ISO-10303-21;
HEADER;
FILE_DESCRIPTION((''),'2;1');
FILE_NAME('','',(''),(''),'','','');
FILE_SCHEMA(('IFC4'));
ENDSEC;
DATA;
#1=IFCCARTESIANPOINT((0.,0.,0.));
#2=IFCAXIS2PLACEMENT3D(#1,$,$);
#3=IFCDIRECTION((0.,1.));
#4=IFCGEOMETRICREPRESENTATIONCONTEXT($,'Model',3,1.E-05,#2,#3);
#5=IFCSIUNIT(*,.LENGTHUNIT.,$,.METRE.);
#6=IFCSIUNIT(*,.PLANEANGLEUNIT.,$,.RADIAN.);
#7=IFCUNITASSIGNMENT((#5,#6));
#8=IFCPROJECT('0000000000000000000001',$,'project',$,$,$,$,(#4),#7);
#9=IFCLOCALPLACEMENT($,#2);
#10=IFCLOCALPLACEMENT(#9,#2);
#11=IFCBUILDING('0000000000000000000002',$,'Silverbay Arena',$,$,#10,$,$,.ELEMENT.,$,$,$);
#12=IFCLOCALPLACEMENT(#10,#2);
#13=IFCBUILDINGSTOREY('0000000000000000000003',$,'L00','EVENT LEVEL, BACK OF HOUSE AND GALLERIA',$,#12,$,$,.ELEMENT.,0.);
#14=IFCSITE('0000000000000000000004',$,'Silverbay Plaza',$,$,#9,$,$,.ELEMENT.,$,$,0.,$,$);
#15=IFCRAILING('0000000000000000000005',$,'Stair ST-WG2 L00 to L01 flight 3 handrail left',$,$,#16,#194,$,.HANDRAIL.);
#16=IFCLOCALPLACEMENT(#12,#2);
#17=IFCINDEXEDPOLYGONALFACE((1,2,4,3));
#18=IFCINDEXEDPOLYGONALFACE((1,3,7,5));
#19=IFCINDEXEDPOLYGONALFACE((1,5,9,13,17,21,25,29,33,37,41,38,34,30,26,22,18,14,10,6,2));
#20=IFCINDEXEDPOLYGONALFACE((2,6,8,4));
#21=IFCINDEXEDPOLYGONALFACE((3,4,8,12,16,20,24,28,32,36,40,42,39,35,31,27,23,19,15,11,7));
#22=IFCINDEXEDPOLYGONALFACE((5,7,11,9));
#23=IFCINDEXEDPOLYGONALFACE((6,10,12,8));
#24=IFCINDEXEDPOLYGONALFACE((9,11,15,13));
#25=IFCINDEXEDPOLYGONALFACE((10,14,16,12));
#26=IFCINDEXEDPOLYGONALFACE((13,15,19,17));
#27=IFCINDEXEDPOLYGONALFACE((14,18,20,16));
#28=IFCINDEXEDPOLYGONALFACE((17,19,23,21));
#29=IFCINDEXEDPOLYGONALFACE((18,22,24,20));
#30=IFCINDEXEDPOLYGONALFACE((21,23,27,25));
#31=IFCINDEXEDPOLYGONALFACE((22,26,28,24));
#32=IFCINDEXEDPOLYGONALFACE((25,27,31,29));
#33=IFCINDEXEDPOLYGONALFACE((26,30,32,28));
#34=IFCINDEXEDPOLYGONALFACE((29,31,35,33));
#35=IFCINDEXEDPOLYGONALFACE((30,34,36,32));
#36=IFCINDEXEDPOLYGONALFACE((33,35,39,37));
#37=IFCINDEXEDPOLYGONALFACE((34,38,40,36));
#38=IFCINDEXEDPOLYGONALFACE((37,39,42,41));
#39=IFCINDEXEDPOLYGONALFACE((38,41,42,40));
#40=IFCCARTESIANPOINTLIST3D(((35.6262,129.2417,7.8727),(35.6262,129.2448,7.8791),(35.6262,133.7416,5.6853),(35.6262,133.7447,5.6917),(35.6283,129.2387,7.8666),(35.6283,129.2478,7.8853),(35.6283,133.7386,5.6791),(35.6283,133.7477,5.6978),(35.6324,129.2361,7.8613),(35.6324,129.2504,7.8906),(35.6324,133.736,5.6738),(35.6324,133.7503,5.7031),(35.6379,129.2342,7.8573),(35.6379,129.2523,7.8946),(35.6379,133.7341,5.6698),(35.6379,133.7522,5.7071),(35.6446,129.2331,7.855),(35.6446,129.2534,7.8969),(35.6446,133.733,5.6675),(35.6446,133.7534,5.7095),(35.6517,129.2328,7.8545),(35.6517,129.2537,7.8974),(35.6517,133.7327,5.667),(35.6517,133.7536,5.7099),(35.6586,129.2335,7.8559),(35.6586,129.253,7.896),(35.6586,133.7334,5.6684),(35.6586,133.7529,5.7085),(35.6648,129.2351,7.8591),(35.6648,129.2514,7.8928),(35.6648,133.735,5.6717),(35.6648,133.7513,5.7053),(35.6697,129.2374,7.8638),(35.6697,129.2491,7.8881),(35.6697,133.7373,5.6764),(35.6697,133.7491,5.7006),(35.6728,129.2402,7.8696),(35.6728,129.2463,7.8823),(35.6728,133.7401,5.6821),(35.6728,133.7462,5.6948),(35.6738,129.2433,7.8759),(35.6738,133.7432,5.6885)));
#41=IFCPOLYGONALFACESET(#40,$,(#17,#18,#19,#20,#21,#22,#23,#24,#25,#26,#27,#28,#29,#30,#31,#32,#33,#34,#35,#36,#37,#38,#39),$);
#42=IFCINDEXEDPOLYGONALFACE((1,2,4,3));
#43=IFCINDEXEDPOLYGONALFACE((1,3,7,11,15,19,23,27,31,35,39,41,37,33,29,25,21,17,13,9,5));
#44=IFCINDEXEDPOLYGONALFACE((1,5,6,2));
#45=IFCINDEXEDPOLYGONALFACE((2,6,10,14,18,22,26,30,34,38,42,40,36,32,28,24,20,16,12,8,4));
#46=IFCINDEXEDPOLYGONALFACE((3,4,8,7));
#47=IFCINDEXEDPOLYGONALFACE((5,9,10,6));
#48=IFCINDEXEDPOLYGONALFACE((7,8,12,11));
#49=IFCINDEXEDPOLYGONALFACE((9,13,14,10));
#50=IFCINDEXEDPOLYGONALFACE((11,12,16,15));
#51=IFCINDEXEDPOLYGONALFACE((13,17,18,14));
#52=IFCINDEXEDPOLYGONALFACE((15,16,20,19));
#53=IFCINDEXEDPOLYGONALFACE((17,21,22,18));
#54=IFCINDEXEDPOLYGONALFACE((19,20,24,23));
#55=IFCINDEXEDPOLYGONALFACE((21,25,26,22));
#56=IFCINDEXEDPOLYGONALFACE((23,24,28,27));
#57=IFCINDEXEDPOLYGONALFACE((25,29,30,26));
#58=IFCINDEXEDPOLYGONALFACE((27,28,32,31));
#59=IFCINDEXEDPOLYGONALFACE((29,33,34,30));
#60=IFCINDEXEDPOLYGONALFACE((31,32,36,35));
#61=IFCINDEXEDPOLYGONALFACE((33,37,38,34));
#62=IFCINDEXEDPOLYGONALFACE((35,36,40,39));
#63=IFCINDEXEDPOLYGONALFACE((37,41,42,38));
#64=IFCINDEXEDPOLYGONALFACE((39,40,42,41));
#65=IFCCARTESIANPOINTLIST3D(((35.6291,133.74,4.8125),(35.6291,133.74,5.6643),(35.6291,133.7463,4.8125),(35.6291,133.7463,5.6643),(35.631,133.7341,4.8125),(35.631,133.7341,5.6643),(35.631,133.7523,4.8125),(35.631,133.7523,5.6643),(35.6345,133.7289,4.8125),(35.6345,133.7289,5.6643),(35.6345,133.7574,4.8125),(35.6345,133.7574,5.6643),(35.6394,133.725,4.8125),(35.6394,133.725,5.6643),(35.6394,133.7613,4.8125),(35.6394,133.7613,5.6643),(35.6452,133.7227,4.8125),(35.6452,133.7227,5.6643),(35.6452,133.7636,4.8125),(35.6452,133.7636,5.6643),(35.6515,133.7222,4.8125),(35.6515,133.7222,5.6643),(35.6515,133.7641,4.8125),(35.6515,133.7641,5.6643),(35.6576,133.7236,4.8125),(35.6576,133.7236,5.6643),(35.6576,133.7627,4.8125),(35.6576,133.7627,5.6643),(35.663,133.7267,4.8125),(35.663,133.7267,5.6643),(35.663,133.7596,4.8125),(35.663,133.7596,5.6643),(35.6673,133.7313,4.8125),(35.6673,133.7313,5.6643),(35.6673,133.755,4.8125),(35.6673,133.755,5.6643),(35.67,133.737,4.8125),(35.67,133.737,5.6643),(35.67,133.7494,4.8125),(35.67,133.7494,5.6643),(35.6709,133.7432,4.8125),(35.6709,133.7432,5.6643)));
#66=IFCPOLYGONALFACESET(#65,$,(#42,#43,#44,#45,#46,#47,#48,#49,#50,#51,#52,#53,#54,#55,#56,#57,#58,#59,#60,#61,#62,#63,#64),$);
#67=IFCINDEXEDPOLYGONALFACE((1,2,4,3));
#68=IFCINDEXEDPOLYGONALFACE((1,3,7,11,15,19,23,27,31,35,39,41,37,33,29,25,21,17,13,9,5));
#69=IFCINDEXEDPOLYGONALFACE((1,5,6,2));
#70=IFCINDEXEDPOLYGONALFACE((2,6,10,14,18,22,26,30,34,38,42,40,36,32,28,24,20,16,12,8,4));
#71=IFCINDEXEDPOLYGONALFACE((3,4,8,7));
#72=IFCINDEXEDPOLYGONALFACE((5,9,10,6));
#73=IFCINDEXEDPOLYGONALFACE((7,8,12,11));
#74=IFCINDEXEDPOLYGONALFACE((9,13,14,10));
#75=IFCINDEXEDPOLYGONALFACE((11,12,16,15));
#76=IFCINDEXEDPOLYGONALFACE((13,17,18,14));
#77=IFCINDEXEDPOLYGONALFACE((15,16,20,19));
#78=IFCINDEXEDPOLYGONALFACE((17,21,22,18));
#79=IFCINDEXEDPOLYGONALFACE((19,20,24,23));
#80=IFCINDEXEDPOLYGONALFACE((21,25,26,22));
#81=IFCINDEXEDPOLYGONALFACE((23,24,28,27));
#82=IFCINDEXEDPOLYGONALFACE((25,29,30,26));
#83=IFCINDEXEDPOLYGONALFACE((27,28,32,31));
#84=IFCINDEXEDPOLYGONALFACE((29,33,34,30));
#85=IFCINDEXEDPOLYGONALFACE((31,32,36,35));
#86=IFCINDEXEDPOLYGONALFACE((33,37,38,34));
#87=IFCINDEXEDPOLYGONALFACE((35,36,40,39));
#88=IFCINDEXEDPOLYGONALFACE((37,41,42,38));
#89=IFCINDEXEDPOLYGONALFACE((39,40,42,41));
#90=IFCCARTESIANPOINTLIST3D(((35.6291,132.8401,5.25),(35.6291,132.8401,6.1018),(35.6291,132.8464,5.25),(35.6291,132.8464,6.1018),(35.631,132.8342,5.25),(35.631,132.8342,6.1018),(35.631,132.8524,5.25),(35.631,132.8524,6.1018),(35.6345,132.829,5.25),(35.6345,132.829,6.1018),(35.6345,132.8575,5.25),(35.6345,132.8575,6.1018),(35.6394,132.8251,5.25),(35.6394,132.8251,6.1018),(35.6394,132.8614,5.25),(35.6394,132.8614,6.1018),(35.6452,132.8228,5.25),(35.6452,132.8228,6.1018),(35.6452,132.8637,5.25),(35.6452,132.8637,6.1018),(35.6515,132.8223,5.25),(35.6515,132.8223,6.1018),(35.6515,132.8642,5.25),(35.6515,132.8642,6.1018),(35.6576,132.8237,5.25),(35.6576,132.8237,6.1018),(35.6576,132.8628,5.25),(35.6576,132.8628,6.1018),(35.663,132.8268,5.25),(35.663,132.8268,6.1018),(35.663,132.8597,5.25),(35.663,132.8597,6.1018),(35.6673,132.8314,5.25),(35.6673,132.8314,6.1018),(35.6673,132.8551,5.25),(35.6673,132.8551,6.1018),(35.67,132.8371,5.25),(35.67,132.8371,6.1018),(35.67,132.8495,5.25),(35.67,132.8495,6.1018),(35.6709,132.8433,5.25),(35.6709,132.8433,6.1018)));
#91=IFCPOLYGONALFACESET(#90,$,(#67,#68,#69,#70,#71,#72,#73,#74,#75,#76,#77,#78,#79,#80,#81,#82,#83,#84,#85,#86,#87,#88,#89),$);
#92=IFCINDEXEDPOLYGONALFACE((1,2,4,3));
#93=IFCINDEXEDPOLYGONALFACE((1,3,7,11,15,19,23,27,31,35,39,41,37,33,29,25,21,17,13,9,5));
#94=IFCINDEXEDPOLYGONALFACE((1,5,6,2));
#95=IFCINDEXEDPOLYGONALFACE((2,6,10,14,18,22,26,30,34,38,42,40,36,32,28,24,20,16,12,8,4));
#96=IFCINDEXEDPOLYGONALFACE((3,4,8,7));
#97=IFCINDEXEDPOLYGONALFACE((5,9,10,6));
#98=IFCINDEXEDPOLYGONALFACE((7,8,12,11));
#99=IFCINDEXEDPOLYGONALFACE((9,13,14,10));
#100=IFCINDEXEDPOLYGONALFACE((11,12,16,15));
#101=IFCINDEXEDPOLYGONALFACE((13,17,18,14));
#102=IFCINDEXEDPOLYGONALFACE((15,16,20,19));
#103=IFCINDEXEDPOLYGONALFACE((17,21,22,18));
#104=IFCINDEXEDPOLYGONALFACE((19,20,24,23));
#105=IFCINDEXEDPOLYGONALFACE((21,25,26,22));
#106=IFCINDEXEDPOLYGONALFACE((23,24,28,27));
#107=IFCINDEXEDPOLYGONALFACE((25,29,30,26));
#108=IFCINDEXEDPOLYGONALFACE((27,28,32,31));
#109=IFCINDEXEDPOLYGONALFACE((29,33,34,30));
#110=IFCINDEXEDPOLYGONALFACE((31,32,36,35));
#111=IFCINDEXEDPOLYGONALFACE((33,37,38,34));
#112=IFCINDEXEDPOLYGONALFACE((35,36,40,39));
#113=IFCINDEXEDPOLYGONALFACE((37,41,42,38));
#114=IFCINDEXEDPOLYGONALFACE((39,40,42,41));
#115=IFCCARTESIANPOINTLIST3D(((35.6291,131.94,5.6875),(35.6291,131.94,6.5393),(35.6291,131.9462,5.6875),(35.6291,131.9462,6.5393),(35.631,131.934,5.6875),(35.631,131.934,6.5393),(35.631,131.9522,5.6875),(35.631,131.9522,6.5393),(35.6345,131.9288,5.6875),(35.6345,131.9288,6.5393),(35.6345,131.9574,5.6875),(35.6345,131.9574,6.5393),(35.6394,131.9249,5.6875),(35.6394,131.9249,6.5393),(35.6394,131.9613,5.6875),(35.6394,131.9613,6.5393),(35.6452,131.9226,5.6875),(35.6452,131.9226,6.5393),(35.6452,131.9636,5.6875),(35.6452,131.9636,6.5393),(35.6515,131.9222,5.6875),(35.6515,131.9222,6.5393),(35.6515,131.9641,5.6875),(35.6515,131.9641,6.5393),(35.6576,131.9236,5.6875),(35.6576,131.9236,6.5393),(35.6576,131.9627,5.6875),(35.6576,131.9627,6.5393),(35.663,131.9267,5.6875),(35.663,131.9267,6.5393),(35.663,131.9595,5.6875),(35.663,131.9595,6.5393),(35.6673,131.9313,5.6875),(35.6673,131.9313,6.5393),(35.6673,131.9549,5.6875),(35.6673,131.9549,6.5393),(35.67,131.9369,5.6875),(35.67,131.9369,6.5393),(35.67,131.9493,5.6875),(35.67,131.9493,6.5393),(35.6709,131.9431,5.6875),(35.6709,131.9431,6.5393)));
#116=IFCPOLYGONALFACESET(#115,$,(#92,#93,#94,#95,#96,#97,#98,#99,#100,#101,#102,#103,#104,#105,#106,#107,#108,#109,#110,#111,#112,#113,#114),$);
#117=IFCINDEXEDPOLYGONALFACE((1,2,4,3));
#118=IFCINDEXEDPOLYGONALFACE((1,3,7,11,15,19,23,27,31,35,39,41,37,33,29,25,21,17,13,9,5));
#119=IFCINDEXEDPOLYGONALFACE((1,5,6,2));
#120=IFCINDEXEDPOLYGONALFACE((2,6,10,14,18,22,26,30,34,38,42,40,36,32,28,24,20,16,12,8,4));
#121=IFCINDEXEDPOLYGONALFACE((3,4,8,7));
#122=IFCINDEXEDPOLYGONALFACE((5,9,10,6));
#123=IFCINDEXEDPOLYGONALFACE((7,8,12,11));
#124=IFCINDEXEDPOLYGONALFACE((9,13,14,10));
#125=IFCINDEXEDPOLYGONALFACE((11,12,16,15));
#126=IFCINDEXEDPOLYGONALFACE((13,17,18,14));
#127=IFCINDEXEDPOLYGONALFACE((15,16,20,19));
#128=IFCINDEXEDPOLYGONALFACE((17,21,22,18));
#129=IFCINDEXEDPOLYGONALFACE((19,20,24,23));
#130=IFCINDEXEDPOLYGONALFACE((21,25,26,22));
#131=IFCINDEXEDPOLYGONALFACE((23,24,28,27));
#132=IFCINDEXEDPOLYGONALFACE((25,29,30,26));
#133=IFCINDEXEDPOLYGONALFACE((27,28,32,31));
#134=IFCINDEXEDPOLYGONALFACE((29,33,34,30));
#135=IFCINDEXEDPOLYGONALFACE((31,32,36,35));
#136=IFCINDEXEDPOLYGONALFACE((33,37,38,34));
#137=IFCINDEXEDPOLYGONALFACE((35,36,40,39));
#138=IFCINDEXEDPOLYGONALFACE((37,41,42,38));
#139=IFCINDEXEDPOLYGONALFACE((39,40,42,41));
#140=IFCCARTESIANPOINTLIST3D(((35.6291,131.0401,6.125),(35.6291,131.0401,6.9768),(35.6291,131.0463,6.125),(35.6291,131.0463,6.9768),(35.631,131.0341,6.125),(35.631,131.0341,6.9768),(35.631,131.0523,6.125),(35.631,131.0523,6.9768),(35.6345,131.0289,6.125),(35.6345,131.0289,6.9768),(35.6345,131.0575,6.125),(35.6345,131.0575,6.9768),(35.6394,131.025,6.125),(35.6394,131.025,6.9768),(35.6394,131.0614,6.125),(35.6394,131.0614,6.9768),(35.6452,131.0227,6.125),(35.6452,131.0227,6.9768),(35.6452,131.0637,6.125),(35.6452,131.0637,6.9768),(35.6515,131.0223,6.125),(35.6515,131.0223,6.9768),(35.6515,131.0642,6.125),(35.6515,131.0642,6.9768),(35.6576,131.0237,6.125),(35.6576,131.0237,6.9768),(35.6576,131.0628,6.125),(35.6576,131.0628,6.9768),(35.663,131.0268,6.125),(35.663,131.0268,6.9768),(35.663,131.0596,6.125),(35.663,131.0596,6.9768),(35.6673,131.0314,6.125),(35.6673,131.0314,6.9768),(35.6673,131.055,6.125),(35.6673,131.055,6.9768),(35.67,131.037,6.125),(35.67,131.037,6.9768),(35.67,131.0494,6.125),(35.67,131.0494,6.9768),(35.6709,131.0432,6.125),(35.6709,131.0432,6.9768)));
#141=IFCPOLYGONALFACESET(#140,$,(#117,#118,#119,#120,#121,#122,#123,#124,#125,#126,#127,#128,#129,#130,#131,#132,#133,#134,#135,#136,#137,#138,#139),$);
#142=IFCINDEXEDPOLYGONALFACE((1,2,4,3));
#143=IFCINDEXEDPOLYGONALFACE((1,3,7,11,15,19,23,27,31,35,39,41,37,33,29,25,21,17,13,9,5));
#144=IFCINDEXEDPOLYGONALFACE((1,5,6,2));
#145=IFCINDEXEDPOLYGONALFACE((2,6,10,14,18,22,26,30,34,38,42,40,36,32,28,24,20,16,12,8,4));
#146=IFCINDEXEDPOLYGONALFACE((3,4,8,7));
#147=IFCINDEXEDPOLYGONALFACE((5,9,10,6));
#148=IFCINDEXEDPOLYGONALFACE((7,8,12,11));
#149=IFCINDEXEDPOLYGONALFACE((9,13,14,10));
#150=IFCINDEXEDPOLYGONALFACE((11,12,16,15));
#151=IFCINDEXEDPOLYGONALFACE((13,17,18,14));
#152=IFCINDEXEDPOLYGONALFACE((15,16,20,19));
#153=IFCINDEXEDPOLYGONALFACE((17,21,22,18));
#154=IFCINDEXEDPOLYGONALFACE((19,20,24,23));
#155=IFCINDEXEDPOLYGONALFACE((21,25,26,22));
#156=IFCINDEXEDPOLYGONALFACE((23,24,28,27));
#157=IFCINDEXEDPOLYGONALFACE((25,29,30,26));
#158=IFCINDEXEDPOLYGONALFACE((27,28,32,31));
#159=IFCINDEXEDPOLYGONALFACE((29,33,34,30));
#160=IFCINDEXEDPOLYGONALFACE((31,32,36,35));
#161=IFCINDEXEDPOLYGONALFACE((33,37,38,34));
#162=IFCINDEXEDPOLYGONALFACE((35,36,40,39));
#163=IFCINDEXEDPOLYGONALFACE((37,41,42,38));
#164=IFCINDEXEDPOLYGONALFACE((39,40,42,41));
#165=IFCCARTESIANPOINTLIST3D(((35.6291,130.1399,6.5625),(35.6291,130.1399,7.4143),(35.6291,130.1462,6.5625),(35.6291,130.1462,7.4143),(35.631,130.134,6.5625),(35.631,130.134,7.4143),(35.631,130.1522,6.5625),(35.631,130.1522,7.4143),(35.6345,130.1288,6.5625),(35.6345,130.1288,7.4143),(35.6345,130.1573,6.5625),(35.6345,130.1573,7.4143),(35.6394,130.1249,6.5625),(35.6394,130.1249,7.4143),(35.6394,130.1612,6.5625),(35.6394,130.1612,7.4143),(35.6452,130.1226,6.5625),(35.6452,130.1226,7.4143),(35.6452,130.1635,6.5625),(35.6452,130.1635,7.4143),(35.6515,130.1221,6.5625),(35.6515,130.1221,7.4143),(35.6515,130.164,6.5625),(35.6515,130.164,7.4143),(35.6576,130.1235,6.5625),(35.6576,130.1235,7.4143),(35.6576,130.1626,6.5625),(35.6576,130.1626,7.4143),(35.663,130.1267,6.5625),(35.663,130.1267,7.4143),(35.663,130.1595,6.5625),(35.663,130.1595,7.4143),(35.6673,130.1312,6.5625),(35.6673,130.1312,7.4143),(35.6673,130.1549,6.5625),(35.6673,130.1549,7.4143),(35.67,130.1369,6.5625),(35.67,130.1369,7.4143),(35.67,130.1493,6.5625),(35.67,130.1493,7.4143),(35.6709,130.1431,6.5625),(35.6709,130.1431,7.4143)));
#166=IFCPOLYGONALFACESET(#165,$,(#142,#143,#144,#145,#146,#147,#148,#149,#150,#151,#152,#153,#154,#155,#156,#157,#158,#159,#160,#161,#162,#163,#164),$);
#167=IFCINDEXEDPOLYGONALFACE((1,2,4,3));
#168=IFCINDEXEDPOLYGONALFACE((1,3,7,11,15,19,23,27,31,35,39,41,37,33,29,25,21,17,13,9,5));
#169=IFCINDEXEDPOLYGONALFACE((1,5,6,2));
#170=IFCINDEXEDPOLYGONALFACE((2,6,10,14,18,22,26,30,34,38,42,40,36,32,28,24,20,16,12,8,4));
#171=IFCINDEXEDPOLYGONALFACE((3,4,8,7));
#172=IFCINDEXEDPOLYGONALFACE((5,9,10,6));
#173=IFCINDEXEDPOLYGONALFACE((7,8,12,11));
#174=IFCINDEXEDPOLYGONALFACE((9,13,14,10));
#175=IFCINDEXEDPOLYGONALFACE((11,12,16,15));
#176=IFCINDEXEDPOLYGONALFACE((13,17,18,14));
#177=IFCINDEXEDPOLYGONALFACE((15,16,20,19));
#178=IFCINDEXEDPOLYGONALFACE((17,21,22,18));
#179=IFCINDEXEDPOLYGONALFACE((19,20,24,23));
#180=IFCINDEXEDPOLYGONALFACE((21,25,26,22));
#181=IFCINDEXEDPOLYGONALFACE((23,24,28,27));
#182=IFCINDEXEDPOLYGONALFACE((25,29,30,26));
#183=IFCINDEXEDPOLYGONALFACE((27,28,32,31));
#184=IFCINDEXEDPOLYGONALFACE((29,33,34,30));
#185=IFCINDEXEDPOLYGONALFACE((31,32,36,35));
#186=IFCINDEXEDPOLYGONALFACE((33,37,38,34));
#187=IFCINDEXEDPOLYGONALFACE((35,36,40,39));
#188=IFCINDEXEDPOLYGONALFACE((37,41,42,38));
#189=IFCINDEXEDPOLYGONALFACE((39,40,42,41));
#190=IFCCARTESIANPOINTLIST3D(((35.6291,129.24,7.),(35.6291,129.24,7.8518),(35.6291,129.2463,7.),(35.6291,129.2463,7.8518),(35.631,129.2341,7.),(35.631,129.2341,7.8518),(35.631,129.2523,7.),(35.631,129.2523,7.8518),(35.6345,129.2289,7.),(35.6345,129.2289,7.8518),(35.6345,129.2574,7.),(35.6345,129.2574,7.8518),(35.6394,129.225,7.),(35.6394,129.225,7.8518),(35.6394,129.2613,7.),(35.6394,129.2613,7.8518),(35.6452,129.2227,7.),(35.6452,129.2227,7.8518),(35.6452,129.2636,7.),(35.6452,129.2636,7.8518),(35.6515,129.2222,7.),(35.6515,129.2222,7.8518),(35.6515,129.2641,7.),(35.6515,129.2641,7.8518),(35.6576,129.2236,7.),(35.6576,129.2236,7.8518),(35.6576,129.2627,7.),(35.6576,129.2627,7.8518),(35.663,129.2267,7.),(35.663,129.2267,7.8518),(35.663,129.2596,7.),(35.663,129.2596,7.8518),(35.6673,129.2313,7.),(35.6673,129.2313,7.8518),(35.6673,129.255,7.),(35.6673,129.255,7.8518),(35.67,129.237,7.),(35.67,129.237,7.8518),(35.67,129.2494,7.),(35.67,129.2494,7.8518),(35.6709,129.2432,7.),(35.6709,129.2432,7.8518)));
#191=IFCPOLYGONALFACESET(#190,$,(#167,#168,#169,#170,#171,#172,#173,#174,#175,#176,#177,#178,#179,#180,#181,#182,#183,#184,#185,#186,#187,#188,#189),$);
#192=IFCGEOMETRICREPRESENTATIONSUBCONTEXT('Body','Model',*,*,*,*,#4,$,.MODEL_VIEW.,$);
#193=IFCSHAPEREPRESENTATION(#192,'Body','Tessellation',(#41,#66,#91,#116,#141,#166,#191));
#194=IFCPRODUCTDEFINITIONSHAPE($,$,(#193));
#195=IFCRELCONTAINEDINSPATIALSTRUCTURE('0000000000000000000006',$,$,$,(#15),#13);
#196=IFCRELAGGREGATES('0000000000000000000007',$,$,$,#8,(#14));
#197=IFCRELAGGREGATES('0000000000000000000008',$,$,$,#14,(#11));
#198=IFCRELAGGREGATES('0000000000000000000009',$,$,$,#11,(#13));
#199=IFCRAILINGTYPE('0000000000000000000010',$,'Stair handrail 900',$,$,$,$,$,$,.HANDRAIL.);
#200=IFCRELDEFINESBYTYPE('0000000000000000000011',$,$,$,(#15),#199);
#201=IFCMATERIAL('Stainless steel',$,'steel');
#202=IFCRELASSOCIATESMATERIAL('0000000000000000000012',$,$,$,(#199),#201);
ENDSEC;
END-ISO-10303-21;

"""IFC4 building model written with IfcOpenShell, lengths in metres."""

from ifc_helpers import new_model, si_unit, direction, frame, origin, origin_2d, place, context, subcontext, project, spatial, circle, extrude, material, type_object, element, save


model = new_model("IFC4")

# Units and contexts
model_context = context("Model", 3, precision=1e-05, world=origin(), true_north=direction((0.0, 1.0)))
body_context = subcontext(model_context, "Body", "Model", "MODEL_VIEW")
ifc_project = project(units=[si_unit("LENGTHUNIT", "METRE"), si_unit("PLANEANGLEUNIT", "RADIAN")], contexts=[model_context])

# Site, building, storey
site_placement = place(None, origin())
site = spatial("IfcSite", under=ifc_project, at=site_placement, Name="Silverbay Plaza", CompositionType="ELEMENT", RefElevation=0.0)
building_placement = place(site_placement, origin())
building = spatial("IfcBuilding", under=site, at=building_placement, Name="Silverbay Arena", CompositionType="ELEMENT")
storey_placement = place(building_placement, origin())
storey = spatial("IfcBuildingStorey", under=building, at=storey_placement, Name="L00", Description="EVENT LEVEL, BACK OF HOUSE AND GALLERIA", CompositionType="ELEMENT", Elevation=0.0)

# Railing
ifc_material_1 = material(Name="Stainless steel", Category="steel")
railing_type_1 = type_object("IfcRailingType", Name="Stair handrail 900", PredefinedType="HANDRAIL", material=ifc_material_1)
for number, where, name in (
    (1, (35.6499, 133.7432, 4.8125), "Stair ST-WG2 L00 to L01 flight 3 handrail left"),
):
    element("IfcRailing", number, at=place(storey_placement, frame(where)), inside=storey, type_object=railing_type_1, Name=name, PredefinedType="HANDRAIL", context=body_context, shape_type="SweptSolid", body=[
        extrude(circle(Radius=0.0239, at=origin_2d()), frame((0.0, 0.0, 0.876), z_axis=(0.0, -0.899368, 0.437193), x_axis=(1.0, 0.0, 0.0)), (0.0, 0.0, 1.0), 5.0034),
        extrude(circle(Radius=0.021, at=origin_2d()), origin(), (0.0, 0.0, 1.0), 0.8518),
        extrude(circle(Radius=0.021, at=origin_2d()), frame((0.0, -0.8999, 0.4375)), (0.0, 0.0, 1.0), 0.8518),
        extrude(circle(Radius=0.021, at=origin_2d()), frame((0.0, -1.8, 0.875)), (0.0, 0.0, 1.0), 0.8518),
        extrude(circle(Radius=0.021, at=origin_2d()), frame((0.0, -2.7, 1.3125)), (0.0, 0.0, 1.0), 0.8518),
        extrude(circle(Radius=0.021, at=origin_2d()), frame((0.0, -3.6001, 1.75)), (0.0, 0.0, 1.0), 0.8518),
        extrude(circle(Radius=0.021, at=origin_2d()), frame((0.0, -4.5, 2.1875)), (0.0, 0.0, 1.0), 0.8518),
    ])

save(model, "model.ifc")
